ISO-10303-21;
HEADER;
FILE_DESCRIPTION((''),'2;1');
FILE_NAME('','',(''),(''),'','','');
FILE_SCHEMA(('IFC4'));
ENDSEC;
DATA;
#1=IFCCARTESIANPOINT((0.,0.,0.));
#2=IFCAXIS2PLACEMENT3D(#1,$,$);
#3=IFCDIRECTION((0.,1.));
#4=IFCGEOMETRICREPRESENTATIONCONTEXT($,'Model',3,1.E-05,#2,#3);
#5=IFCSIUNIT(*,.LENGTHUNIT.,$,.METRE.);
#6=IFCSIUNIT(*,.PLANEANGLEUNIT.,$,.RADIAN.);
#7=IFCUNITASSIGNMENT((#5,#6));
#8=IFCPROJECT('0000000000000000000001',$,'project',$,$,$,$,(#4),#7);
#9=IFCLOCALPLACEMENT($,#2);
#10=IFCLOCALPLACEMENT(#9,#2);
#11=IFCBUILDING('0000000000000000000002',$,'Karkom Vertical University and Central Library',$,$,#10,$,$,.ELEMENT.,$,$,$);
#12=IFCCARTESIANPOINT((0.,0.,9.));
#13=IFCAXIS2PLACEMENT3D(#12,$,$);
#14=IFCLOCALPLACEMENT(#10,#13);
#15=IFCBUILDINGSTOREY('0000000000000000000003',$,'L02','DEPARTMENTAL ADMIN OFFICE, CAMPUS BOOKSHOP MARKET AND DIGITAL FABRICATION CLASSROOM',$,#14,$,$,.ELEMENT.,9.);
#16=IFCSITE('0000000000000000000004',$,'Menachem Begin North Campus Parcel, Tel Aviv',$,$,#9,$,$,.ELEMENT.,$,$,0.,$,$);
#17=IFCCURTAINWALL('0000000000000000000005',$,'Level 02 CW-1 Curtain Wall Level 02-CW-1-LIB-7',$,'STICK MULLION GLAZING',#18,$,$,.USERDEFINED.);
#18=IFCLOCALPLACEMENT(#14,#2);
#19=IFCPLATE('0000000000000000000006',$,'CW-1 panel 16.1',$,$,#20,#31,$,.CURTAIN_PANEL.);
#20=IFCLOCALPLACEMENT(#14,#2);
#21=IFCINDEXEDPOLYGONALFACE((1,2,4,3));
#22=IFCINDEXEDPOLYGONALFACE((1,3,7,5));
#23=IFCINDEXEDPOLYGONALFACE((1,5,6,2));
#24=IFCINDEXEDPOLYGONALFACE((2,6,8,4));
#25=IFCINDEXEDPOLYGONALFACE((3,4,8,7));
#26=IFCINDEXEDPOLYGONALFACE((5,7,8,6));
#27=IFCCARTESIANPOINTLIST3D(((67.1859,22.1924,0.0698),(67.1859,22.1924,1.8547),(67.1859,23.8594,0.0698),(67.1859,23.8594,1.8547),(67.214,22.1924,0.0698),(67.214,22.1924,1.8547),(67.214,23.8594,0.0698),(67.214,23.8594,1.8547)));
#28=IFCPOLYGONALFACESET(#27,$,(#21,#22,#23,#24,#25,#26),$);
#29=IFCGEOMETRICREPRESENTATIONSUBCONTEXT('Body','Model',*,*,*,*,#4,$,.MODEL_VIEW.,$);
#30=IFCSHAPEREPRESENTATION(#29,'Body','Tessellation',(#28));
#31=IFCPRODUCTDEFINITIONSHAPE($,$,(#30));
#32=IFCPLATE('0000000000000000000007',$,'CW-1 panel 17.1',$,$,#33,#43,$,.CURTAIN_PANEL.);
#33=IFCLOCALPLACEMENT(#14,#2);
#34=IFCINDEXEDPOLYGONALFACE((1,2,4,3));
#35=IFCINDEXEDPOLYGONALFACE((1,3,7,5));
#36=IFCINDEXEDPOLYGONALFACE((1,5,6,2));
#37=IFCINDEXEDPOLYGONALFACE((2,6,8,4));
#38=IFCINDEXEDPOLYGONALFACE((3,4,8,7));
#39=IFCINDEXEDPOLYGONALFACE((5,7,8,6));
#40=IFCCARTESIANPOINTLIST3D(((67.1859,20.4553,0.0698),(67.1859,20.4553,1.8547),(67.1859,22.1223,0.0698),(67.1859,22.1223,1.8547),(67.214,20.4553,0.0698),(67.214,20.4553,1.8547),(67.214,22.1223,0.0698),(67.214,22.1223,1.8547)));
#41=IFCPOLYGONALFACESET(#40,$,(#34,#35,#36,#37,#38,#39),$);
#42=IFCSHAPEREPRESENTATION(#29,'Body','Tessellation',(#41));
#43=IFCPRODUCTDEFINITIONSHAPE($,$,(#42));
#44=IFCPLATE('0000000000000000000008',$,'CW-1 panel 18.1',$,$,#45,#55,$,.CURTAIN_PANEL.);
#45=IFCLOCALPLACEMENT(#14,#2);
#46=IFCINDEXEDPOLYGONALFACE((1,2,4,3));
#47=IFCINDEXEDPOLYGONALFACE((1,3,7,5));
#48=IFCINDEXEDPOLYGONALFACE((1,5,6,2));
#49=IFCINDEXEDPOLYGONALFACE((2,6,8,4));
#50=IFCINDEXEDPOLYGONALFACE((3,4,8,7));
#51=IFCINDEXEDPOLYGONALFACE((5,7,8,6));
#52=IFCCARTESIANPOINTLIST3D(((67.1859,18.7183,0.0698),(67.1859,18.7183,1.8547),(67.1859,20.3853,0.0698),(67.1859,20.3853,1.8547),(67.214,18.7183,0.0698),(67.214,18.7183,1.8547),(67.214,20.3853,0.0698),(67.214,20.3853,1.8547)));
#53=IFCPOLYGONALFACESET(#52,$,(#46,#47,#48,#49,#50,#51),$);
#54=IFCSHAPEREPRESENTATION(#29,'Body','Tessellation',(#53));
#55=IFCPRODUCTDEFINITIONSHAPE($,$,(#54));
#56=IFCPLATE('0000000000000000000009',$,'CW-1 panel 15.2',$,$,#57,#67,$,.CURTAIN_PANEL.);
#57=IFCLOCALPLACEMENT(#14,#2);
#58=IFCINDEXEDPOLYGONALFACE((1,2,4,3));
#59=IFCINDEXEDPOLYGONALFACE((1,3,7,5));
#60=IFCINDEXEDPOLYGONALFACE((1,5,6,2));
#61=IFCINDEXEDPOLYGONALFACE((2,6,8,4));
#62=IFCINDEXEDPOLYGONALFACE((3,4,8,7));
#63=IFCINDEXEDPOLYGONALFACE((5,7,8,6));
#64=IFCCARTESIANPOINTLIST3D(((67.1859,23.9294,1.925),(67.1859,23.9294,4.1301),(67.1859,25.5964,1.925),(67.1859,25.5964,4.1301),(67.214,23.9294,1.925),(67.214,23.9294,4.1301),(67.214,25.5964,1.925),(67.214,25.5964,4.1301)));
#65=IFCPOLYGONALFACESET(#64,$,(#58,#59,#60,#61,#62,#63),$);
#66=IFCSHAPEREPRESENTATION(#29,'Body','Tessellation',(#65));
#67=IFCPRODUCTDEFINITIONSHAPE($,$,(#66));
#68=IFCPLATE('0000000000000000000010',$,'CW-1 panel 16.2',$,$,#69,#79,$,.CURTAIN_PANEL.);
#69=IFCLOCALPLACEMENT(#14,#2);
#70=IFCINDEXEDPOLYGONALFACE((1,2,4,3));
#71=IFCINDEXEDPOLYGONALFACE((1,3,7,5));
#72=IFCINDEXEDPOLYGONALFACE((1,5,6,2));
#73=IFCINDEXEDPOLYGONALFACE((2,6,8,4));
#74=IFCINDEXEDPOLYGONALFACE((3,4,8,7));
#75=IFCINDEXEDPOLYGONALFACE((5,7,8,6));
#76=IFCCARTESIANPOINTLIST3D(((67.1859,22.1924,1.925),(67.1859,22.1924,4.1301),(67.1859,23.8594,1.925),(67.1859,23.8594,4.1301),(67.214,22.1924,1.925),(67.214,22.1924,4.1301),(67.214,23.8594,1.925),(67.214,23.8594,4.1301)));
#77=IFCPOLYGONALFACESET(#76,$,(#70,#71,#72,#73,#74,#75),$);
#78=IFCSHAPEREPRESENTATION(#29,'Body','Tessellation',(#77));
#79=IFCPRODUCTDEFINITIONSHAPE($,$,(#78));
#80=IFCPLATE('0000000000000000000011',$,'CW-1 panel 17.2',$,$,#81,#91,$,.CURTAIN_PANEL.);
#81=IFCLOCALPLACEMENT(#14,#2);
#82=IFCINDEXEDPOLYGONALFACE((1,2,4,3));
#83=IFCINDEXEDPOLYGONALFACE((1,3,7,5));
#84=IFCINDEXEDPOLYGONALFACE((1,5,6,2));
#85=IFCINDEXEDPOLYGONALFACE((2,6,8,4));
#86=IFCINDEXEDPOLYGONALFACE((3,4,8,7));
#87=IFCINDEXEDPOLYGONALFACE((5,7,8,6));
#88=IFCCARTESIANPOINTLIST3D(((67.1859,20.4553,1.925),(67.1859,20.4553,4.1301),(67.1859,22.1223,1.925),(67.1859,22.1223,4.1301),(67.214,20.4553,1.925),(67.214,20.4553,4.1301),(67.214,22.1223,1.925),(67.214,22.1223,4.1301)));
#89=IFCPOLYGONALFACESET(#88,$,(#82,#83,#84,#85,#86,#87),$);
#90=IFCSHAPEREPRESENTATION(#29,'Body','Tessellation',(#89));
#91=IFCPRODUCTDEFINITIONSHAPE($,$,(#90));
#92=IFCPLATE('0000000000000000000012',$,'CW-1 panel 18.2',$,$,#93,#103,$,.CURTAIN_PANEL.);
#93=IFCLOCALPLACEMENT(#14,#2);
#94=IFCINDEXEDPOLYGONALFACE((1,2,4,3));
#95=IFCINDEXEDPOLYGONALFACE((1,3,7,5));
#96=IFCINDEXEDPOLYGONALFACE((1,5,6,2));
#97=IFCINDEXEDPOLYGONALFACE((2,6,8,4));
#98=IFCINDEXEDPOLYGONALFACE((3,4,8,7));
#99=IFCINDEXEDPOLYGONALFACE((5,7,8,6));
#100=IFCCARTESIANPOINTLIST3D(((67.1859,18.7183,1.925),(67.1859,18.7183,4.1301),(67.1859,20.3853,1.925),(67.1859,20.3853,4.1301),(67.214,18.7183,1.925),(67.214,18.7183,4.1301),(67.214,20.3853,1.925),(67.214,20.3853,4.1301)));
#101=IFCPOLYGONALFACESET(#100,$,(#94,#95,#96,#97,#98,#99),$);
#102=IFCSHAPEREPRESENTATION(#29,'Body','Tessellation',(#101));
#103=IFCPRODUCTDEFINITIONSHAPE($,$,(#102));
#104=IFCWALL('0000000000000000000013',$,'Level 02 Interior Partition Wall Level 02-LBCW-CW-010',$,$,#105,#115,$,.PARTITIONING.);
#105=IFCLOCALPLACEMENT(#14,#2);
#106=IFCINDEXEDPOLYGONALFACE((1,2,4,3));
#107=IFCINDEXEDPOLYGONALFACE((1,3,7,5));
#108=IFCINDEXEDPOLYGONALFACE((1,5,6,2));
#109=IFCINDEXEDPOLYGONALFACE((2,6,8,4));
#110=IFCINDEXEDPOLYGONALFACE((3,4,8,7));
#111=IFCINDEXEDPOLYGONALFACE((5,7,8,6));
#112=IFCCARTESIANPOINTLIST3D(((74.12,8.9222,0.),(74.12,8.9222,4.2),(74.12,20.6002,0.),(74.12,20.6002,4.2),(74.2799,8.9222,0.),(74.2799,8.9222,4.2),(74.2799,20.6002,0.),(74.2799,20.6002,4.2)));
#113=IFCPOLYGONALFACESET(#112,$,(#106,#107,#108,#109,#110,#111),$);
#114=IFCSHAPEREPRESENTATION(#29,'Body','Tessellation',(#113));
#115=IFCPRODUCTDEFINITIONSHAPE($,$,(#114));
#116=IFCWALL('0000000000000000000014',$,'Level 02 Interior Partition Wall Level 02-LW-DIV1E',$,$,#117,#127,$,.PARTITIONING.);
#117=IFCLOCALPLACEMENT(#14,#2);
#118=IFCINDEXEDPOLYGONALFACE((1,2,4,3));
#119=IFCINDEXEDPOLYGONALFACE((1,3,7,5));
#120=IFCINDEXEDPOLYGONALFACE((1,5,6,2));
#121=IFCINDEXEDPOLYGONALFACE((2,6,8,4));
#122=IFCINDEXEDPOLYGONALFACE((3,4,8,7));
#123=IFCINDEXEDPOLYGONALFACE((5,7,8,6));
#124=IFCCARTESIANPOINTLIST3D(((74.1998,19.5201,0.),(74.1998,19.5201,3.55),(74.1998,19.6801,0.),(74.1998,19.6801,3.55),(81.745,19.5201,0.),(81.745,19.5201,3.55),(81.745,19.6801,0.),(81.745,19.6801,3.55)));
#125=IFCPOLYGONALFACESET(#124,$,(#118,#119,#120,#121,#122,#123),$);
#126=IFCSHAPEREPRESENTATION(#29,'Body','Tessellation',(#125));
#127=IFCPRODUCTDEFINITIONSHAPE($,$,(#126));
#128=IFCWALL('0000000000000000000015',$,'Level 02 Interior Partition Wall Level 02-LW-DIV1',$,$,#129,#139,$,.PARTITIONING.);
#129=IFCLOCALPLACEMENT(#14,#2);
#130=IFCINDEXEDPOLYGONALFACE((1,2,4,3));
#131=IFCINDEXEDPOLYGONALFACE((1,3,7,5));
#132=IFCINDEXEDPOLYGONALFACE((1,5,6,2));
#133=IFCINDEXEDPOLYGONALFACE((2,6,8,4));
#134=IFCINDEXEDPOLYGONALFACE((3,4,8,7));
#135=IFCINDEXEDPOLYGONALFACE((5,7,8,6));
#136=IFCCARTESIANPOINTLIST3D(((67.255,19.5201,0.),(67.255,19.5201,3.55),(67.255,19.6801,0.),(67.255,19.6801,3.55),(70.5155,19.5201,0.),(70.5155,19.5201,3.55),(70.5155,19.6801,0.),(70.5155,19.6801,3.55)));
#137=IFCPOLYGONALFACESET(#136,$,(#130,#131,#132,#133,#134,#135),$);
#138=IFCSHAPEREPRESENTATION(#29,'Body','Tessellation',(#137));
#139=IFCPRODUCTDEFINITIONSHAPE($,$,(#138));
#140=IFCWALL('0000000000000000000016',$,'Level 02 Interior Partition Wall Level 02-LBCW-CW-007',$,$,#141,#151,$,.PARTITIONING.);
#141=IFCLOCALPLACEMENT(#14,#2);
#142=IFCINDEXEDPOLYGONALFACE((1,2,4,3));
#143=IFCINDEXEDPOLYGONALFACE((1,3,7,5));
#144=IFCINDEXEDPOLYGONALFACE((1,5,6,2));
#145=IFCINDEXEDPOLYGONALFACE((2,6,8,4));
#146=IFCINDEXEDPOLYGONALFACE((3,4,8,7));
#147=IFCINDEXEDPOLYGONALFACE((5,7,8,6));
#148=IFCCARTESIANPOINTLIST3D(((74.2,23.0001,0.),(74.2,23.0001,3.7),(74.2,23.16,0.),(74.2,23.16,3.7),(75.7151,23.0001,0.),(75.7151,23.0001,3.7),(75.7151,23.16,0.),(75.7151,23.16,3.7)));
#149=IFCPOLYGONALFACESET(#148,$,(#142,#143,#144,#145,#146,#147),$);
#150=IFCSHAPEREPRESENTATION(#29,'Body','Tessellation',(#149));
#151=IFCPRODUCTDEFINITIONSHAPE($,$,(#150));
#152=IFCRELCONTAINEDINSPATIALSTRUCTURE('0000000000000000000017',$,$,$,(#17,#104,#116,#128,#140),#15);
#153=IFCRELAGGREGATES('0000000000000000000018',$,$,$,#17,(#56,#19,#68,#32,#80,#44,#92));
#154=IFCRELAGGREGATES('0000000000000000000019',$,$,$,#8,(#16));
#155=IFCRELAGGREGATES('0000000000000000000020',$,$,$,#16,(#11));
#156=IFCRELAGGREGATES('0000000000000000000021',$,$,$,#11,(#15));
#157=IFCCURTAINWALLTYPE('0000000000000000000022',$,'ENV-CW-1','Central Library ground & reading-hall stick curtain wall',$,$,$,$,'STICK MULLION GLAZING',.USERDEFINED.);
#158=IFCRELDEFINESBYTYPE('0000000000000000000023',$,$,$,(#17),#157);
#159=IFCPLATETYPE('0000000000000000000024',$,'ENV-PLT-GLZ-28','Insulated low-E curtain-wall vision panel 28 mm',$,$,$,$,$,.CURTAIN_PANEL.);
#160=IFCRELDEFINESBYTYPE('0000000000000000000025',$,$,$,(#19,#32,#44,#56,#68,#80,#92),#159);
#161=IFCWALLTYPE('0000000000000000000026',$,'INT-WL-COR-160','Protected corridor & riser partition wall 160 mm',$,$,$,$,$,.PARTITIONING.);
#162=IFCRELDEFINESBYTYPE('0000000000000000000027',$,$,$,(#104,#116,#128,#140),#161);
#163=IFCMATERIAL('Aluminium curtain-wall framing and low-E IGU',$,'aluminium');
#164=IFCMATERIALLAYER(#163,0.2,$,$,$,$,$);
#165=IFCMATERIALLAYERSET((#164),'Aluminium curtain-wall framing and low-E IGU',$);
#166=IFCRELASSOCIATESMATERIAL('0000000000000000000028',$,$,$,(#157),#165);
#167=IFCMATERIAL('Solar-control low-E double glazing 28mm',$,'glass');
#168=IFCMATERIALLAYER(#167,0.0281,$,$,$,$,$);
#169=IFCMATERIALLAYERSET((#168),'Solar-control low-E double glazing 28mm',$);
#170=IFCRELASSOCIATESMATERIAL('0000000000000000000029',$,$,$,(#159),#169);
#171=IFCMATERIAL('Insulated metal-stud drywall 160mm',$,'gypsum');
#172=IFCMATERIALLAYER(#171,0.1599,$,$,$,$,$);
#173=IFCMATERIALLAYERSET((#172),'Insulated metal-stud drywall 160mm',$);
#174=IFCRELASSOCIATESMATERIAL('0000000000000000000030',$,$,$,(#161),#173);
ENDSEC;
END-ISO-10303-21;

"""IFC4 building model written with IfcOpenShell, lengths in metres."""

from ifc_helpers import new_model, si_unit, direction, frame, frame_2d, origin, origin_with_axes, origin_2d, place, context, subcontext, project, spatial, rectangle, extrude, source, transform, mapped, material, layer, layer_set, type_object, element, aggregate, save


model = new_model("IFC4")

# Units and contexts
model_context = context("Model", 3, precision=1e-05, world=origin(), true_north=direction((0.0, 1.0)))
body_context = subcontext(model_context, "Body", "Model", "MODEL_VIEW")
ifc_project = project(units=[si_unit("LENGTHUNIT", "METRE"), si_unit("PLANEANGLEUNIT", "RADIAN")], contexts=[model_context])

# Site, building, storey
site_placement = place(None, origin())
site = spatial("IfcSite", under=ifc_project, at=site_placement, Name="Menachem Begin North Campus Parcel, Tel Aviv", CompositionType="ELEMENT", RefElevation=0.0)
building_placement = place(site_placement, origin())
building = spatial("IfcBuilding", under=site, at=building_placement, Name="Karkom Vertical University and Central Library", CompositionType="ELEMENT")
storey_placement = place(building_placement, frame((0.0, 0.0, 9.0)))
storey = spatial("IfcBuildingStorey", under=building, at=storey_placement, Name="L02", Description="DEPARTMENTAL ADMIN OFFICE, CAMPUS BOOKSHOP MARKET AND DIGITAL FABRICATION CLASSROOM", CompositionType="ELEMENT", Elevation=9.0)

# Curtain wall, plates
ifc_material_1 = material(Name="Aluminium curtain-wall framing and low-E IGU", Category="aluminium")
ifc_layer_1 = layer(ifc_material_1, 0.2)
ifc_layer_set_1 = layer_set([ifc_layer_1], Name="Aluminium curtain-wall framing and low-E IGU")
curtain_wall_type = type_object("IfcCurtainWallType", Name="ENV-CW-1", Description="Central Library ground & reading-hall stick curtain wall", ElementType="STICK MULLION GLAZING", PredefinedType="USERDEFINED", material=ifc_layer_set_1)
curtain_wall_placement = place(storey_placement, origin())
curtain_wall = element("IfcCurtainWall", 1, at=curtain_wall_placement, inside=storey, type_object=curtain_wall_type, Name="Level 02 CW-1 Curtain Wall Level 02-CW-1-LIB-7", ObjectType="STICK MULLION GLAZING", PredefinedType="USERDEFINED")
ifc_material_2 = material(Name="Solar-control low-E double glazing 28mm", Category="glass")
ifc_layer_2 = layer(ifc_material_2, 0.0281)
ifc_layer_set_2 = layer_set([ifc_layer_2], Name="Solar-control low-E double glazing 28mm")
plate_type = type_object("IfcPlateType", Name="ENV-PLT-GLZ-28", Description="Insulated low-E curtain-wall vision panel 28 mm", PredefinedType="CURTAIN_PANEL", material=ifc_layer_set_2)
shared_shape_1 = source(origin_with_axes(), body_context, "Body", "SweptSolid", [
    extrude(rectangle(XDim=1.667, YDim=0.0281, at=origin_2d()), origin(), (0.0, 0.0, 1.0), 1.7849),
])
plate_1_placement = place(storey_placement, frame((67.2, 23.0259, 0.0698), z_axis=(0.0, 0.0, 1.0), x_axis=(0.0, -1.0, 0.0)))
plate_1 = element("IfcPlate", 2, at=plate_1_placement, type_object=plate_type, Name="CW-1 panel 16.1", PredefinedType="CURTAIN_PANEL", context=body_context, shape_type="MappedRepresentation", body=[
    mapped(shared_shape_1, transform((0.0, 0.0, 0.0), scale=1.0)),
])
plate_2_placement = place(storey_placement, frame((67.2, 21.2888, 0.0698), z_axis=(0.0, 0.0, 1.0), x_axis=(0.0, -1.0, 0.0)))
plate_2 = element("IfcPlate", 3, at=plate_2_placement, type_object=plate_type, Name="CW-1 panel 17.1", PredefinedType="CURTAIN_PANEL", context=body_context, shape_type="MappedRepresentation", body=[
    mapped(shared_shape_1, transform((0.0, 0.0, 0.0), scale=1.0)),
])
plate_3_placement = place(storey_placement, frame((67.2, 19.5518, 0.0698), z_axis=(0.0, 0.0, 1.0), x_axis=(0.0, -1.0, 0.0)))
plate_3 = element("IfcPlate", 4, at=plate_3_placement, type_object=plate_type, Name="CW-1 panel 18.1", PredefinedType="CURTAIN_PANEL", context=body_context, shape_type="MappedRepresentation", body=[
    mapped(shared_shape_1, transform((0.0, 0.0, 0.0), scale=1.0)),
])
shared_shape_2 = source(origin_with_axes(), body_context, "Body", "SweptSolid", [
    extrude(rectangle(XDim=1.667, YDim=0.0281, at=origin_2d()), origin(), (0.0, 0.0, 1.0), 2.2051),
])
plate_4_placement = place(storey_placement, frame((67.2, 24.7629, 1.925), z_axis=(0.0, 0.0, 1.0), x_axis=(0.0, -1.0, 0.0)))
plate_4 = element("IfcPlate", 5, at=plate_4_placement, type_object=plate_type, Name="CW-1 panel 15.2", PredefinedType="CURTAIN_PANEL", context=body_context, shape_type="MappedRepresentation", body=[
    mapped(shared_shape_2, transform((0.0, 0.0, 0.0), scale=1.0)),
])
plate_5_placement = place(storey_placement, frame((67.2, 23.0259, 1.925), z_axis=(0.0, 0.0, 1.0), x_axis=(0.0, -1.0, 0.0)))
plate_5 = element("IfcPlate", 6, at=plate_5_placement, type_object=plate_type, Name="CW-1 panel 16.2", PredefinedType="CURTAIN_PANEL", context=body_context, shape_type="MappedRepresentation", body=[
    mapped(shared_shape_2, transform((0.0, 0.0, 0.0), scale=1.0)),
])
plate_6_placement = place(storey_placement, frame((67.2, 21.2888, 1.925), z_axis=(0.0, 0.0, 1.0), x_axis=(0.0, -1.0, 0.0)))
plate_6 = element("IfcPlate", 7, at=plate_6_placement, type_object=plate_type, Name="CW-1 panel 17.2", PredefinedType="CURTAIN_PANEL", context=body_context, shape_type="MappedRepresentation", body=[
    mapped(shared_shape_2, transform((0.0, 0.0, 0.0), scale=1.0)),
])
plate_7_placement = place(storey_placement, frame((67.2, 19.5518, 1.925), z_axis=(0.0, 0.0, 1.0), x_axis=(0.0, -1.0, 0.0)))
plate_7 = element("IfcPlate", 8, at=plate_7_placement, type_object=plate_type, Name="CW-1 panel 18.2", PredefinedType="CURTAIN_PANEL", context=body_context, shape_type="MappedRepresentation", body=[
    mapped(shared_shape_2, transform((0.0, 0.0, 0.0), scale=1.0)),
])
aggregate(curtain_wall, [plate_4, plate_1, plate_5, plate_2, plate_6, plate_3, plate_7])

# Walls
ifc_material_3 = material(Name="Insulated metal-stud drywall 160mm", Category="gypsum")
ifc_layer_3 = layer(ifc_material_3, 0.1599)
ifc_layer_set_3 = layer_set([ifc_layer_3], Name="Insulated metal-stud drywall 160mm")
wall_type_1 = type_object("IfcWallType", Name="INT-WL-COR-160", Description="Protected corridor & riser partition wall 160 mm", PredefinedType="PARTITIONING", material=ifc_layer_set_3)
wall_1_placement = place(storey_placement, frame((74.2, 20.6001, 0.0), z_axis=(0.0, 0.0, 1.0), x_axis=(0.0, -1.0, 0.0)))
element("IfcWall", 9, at=wall_1_placement, inside=storey, type_object=wall_type_1, Name="Level 02 Interior Partition Wall Level 02-LBCW-CW-010", PredefinedType="PARTITIONING", context=body_context, shape_type="SweptSolid", body=[
    extrude(rectangle(XDim=11.678, YDim=0.1599, at=frame_2d((5.8389, 0.0))), origin(), (0.0, 0.0, 1.0), 4.2),
])
wall_2_placement = place(storey_placement, frame((74.2, 19.6001, 0.0), z_axis=(0.0, 0.0, 1.0), x_axis=(1.0, 0.0, 0.0)))
element("IfcWall", 10, at=wall_2_placement, inside=storey, type_object=wall_type_1, Name="Level 02 Interior Partition Wall Level 02-LW-DIV1E", PredefinedType="PARTITIONING", context=body_context, shape_type="SweptSolid", body=[
    extrude(rectangle(XDim=7.5452, YDim=0.1599, at=frame_2d((3.7725, 0.0))), origin(), (0.0, 0.0, 1.0), 3.55),
])
wall_3_placement = place(storey_placement, frame((67.2549, 19.6001, 0.0), z_axis=(0.0, 0.0, 1.0), x_axis=(1.0, 0.0, 0.0)))
element("IfcWall", 11, at=wall_3_placement, inside=storey, type_object=wall_type_1, Name="Level 02 Interior Partition Wall Level 02-LW-DIV1", PredefinedType="PARTITIONING", context=body_context, shape_type="SweptSolid", body=[
    extrude(rectangle(XDim=3.2605, YDim=0.1599, at=frame_2d((1.6304, 0.0))), origin(), (0.0, 0.0, 1.0), 3.55),
])
wall_4_placement = place(storey_placement, frame((74.2, 23.0801, 0.0), z_axis=(0.0, 0.0, 1.0), x_axis=(1.0, 0.0, 0.0)))
element("IfcWall", 12, at=wall_4_placement, inside=storey, type_object=wall_type_1, Name="Level 02 Interior Partition Wall Level 02-LBCW-CW-007", PredefinedType="PARTITIONING", context=body_context, shape_type="SweptSolid", body=[
    extrude(rectangle(XDim=1.5151, YDim=0.1599, at=frame_2d((0.7576, 0.0))), origin(), (0.0, 0.0, 1.0), 3.7),
])

save(model, "model.ifc")
